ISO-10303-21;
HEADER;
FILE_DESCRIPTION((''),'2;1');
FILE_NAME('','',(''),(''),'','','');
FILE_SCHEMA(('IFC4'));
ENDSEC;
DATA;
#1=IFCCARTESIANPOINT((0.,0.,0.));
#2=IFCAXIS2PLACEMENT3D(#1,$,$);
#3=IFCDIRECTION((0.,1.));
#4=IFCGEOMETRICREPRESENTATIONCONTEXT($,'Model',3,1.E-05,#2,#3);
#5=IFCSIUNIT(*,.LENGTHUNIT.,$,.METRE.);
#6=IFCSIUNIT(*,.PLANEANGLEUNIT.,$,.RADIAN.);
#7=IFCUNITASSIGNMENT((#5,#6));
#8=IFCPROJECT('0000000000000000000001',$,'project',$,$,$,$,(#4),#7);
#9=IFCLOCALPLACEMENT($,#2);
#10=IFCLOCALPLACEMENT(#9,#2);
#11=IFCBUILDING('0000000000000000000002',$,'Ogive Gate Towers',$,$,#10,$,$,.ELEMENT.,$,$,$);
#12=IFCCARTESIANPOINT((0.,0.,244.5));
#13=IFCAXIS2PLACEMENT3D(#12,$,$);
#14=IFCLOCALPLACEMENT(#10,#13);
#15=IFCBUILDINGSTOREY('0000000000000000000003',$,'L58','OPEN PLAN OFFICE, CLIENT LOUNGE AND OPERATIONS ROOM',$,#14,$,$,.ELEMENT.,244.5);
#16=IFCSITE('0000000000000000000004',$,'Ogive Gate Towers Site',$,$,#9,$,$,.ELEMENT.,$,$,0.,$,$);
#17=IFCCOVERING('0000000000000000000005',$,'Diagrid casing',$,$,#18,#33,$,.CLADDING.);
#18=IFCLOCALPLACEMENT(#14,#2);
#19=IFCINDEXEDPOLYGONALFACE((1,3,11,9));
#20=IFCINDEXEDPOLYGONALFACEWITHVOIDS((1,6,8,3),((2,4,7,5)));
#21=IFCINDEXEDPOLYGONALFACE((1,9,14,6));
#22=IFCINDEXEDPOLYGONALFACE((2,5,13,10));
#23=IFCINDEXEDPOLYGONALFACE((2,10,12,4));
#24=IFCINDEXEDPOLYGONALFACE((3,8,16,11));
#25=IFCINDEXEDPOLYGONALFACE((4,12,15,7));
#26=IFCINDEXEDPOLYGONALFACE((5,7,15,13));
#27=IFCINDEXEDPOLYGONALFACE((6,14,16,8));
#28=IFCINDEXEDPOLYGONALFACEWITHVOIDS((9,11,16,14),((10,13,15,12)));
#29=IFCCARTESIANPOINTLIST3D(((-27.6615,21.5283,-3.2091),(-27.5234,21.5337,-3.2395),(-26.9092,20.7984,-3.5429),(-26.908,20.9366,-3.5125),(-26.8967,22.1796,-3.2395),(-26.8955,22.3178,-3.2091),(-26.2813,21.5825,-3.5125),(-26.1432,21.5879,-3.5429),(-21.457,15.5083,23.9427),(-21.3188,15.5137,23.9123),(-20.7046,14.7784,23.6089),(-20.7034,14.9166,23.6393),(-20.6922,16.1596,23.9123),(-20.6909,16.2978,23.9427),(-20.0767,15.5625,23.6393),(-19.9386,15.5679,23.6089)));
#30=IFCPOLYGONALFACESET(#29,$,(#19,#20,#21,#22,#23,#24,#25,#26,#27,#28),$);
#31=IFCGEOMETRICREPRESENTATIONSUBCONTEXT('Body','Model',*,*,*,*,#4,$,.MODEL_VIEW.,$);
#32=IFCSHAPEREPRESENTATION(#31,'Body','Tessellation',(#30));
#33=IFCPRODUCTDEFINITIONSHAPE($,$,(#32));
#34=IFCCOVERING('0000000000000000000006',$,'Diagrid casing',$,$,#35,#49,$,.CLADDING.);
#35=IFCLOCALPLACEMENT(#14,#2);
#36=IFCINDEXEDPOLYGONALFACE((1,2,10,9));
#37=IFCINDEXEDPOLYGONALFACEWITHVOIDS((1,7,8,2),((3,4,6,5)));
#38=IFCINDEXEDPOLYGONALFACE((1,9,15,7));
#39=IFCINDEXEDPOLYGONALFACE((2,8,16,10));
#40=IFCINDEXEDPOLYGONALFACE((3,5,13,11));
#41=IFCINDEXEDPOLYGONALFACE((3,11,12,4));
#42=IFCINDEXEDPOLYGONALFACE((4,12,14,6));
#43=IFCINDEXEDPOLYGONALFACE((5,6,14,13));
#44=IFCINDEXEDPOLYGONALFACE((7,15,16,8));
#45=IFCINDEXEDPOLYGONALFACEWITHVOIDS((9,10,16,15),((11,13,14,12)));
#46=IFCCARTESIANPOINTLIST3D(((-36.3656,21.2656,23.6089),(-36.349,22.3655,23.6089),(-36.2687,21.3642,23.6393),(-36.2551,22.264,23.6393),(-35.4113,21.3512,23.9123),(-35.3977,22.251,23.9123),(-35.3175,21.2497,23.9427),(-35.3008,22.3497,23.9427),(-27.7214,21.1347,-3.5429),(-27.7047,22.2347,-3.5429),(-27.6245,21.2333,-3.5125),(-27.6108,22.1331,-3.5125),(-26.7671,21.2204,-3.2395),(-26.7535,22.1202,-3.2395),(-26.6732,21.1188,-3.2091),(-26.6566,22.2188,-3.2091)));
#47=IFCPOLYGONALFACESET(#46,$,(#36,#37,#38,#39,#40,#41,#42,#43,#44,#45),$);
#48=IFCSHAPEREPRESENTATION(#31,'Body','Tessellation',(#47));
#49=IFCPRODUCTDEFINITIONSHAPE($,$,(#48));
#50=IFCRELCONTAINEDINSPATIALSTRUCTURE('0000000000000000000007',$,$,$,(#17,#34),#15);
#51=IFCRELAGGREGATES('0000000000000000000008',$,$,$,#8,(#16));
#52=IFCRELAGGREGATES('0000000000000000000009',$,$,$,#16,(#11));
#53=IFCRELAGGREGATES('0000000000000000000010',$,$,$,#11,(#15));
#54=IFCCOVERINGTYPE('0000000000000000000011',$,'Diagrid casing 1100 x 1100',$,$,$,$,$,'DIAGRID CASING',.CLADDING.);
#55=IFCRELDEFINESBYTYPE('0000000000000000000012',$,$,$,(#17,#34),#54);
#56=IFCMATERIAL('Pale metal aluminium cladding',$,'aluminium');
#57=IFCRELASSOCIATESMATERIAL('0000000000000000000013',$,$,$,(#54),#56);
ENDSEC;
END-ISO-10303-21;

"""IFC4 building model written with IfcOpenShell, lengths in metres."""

from ifc_helpers import new_model, si_unit, direction, frame, origin, origin_2d, place, context, subcontext, project, spatial, hollow_rectangle, extrude, material, material_profile, profile_set, type_object, element, save


model = new_model("IFC4")

# Units and contexts
model_context = context("Model", 3, precision=1e-05, world=origin(), true_north=direction((0.0, 1.0)))
body_context = subcontext(model_context, "Body", "Model", "MODEL_VIEW")
ifc_project = project(units=[si_unit("LENGTHUNIT", "METRE"), si_unit("PLANEANGLEUNIT", "RADIAN")], contexts=[model_context])

# Site, building, storey
site_placement = place(None, origin())
site = spatial("IfcSite", under=ifc_project, at=site_placement, Name="Ogive Gate Towers Site", CompositionType="ELEMENT", RefElevation=0.0)
building_placement = place(site_placement, origin())
building = spatial("IfcBuilding", under=site, at=building_placement, Name="Ogive Gate Towers", CompositionType="ELEMENT")
storey_placement = place(building_placement, frame((0.0, 0.0, 244.5)))
storey = spatial("IfcBuildingStorey", under=building, at=storey_placement, Name="L58", Description="OPEN PLAN OFFICE, CLIENT LOUNGE AND OPERATIONS ROOM", CompositionType="ELEMENT", Elevation=244.5)

# Coverings
ifc_material_1 = material(Name="Pale metal aluminium cladding", Category="aluminium")
ifc_material_profile_1 = material_profile(ifc_material_1, hollow_rectangle(XDim=1.1001, YDim=1.1001, WallThickness=0.1001, at=origin_2d()), Name="1100 x 1100 pale metal casing")
ifc_profile_set_1 = profile_set([ifc_material_profile_1], Name="Pale metal aluminium cladding")
covering_type_1 = type_object("IfcCoveringType", Name="Diagrid casing 1100 x 1100", ElementType="DIAGRID CASING", PredefinedType="CLADDING", material=ifc_profile_set_1)
for number, where, z_axis, x_axis, name in (
    (1, (-26.9023, 21.5581, -3.376), (0.217744, -0.211266, 0.952866), (0.696351, 0.717701, 0.0), "Diagrid casing"),
    (2, (-27.189, 21.6768, -3.376), (-0.303362, 0.004592, 0.952864), (-0.015137, -0.999885, 0.0), "Diagrid casing"),
):
    element("IfcCovering", number, at=place(storey_placement, frame(where, z_axis=z_axis, x_axis=x_axis)), inside=storey, type_object=covering_type_1, Name=name, PredefinedType="CLADDING", context=body_context, shape_type="SweptSolid", body=[
        extrude(hollow_rectangle(XDim=1.1001, YDim=1.1001, WallThickness=0.1001, at=origin_2d()), origin(), (0.0, 0.0, 1.0), 28.4949),
    ])

save(model, "model.ifc")
